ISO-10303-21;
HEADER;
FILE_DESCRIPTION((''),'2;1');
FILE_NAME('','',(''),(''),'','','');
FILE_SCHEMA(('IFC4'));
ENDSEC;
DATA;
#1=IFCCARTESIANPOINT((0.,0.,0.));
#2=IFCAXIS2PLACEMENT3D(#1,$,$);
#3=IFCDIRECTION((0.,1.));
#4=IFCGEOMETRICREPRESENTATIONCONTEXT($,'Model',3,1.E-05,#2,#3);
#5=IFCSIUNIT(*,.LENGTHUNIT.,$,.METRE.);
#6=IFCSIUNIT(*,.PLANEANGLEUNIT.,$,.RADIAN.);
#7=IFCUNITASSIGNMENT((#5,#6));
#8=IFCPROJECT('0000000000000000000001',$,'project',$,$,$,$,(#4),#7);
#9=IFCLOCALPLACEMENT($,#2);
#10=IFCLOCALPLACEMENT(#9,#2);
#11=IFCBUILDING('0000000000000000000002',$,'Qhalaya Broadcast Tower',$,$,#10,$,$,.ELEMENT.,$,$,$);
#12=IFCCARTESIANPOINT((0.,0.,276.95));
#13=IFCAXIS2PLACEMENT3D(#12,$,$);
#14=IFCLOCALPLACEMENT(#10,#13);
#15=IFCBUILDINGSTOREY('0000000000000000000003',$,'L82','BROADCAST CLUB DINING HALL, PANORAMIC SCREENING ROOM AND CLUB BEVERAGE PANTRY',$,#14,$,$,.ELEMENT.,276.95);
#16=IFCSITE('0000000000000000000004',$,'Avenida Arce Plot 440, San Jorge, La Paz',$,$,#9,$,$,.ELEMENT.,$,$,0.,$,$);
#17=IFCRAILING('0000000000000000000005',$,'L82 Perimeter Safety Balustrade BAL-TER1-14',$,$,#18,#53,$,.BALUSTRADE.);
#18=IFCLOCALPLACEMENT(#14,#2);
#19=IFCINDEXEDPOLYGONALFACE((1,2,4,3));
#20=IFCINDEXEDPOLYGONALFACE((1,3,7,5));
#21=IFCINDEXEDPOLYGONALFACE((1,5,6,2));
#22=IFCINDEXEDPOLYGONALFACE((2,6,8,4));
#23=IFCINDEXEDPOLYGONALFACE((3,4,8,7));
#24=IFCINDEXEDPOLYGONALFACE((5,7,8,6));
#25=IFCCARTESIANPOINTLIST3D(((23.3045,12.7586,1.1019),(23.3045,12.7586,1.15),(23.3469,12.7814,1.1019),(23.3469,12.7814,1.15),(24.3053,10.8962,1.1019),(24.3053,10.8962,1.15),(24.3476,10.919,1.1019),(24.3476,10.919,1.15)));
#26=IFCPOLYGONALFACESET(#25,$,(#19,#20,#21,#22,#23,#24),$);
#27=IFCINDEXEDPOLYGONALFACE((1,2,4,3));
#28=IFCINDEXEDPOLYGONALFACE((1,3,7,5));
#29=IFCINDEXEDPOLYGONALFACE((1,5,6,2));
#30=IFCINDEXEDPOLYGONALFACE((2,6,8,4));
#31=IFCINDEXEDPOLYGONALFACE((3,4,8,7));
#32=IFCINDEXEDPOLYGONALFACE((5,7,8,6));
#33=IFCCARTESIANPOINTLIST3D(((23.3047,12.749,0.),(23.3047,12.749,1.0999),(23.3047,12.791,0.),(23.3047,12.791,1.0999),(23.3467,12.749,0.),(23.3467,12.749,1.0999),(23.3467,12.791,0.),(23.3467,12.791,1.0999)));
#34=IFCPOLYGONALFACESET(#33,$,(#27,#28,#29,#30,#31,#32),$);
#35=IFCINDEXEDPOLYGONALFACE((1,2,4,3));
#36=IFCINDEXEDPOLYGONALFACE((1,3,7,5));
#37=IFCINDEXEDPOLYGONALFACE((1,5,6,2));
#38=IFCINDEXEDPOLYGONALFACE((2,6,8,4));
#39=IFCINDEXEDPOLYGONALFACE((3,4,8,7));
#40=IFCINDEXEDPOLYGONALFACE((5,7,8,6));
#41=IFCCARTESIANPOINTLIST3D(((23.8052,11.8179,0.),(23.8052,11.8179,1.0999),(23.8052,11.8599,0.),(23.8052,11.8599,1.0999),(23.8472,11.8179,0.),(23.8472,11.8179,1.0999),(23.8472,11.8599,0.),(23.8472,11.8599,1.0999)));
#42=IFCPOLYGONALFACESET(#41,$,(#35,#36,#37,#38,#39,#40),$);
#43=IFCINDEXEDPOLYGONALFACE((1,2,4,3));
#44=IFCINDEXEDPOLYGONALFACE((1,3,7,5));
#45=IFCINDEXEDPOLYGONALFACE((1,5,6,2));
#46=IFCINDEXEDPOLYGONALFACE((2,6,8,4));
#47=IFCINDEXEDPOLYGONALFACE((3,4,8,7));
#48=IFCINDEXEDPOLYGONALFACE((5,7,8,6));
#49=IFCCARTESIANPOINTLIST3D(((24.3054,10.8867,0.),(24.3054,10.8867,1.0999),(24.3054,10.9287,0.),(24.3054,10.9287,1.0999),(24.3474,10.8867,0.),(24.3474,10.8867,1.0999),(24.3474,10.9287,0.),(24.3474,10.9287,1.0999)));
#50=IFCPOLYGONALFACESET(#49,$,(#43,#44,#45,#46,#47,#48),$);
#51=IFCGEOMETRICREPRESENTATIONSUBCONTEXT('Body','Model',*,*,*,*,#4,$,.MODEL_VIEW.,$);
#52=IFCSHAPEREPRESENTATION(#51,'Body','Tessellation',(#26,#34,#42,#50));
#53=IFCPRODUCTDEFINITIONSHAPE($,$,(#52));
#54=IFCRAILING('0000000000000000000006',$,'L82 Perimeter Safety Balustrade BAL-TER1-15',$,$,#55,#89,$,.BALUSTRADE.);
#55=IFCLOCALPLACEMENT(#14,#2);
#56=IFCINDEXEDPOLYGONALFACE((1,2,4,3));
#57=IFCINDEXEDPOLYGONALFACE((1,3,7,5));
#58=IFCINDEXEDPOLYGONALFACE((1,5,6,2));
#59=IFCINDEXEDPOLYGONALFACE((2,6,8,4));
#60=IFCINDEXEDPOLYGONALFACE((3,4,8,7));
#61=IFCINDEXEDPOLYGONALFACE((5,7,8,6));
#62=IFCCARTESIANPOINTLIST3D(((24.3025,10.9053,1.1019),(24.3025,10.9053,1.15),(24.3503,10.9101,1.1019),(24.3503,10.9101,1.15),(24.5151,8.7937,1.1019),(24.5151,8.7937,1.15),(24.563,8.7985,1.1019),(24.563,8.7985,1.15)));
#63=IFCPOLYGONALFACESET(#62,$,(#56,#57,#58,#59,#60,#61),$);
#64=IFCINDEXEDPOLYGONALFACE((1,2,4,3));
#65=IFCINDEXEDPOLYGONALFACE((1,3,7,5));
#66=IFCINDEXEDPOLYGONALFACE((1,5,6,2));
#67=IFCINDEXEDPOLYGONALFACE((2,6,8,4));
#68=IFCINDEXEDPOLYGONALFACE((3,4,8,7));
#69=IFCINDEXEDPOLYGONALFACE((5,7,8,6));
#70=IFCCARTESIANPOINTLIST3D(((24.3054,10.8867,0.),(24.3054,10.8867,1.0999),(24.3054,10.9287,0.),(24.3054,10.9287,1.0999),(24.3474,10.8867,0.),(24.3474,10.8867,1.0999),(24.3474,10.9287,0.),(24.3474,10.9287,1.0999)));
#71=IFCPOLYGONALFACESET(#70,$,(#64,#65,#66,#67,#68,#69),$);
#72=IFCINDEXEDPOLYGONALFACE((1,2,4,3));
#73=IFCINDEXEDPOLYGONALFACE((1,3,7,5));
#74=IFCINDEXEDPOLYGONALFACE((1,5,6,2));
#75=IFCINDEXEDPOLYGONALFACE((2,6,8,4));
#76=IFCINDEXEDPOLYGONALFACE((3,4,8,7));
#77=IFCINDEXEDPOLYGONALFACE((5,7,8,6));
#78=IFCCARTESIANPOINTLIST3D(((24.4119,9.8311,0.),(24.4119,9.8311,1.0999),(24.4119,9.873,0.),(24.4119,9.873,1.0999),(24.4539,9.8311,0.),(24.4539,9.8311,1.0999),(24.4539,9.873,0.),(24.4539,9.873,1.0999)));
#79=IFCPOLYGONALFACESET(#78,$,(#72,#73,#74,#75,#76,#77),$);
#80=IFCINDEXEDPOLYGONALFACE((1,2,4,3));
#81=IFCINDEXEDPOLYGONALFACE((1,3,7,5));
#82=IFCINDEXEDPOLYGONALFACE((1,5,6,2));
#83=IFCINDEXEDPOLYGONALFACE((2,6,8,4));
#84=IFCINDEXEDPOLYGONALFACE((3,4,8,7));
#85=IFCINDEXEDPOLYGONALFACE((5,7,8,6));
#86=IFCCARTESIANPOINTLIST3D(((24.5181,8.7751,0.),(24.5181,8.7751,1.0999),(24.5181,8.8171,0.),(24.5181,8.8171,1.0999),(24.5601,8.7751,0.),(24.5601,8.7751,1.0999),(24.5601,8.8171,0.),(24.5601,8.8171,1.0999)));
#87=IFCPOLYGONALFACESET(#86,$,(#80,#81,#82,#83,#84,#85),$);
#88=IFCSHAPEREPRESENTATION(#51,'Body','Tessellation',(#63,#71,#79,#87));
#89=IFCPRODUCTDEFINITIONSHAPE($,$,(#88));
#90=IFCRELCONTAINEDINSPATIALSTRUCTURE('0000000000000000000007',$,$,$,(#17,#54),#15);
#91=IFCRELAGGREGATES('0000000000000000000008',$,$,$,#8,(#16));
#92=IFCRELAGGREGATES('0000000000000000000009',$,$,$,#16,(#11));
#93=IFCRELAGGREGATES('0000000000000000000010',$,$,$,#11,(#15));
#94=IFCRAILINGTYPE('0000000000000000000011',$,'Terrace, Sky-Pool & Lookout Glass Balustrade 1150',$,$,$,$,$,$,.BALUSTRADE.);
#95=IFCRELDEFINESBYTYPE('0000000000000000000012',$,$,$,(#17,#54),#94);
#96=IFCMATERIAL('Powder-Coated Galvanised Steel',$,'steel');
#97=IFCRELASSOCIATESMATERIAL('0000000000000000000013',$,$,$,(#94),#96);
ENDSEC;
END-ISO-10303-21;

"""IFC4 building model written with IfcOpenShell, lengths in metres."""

from ifc_helpers import new_model, si_unit, direction, frame, origin, origin_2d, place, context, subcontext, project, spatial, rectangle, extrude, material, type_object, element, save


model = new_model("IFC4")

# Units and contexts
model_context = context("Model", 3, precision=1e-05, world=origin(), true_north=direction((0.0, 1.0)))
body_context = subcontext(model_context, "Body", "Model", "MODEL_VIEW")
ifc_project = project(units=[si_unit("LENGTHUNIT", "METRE"), si_unit("PLANEANGLEUNIT", "RADIAN")], contexts=[model_context])

# Site, building, storey
site_placement = place(None, origin())
site = spatial("IfcSite", under=ifc_project, at=site_placement, Name="Avenida Arce Plot 440, San Jorge, La Paz", CompositionType="ELEMENT", RefElevation=0.0)
building_placement = place(site_placement, origin())
building = spatial("IfcBuilding", under=site, at=building_placement, Name="Qhalaya Broadcast Tower", CompositionType="ELEMENT")
storey_placement = place(building_placement, frame((0.0, 0.0, 276.95)))
storey = spatial("IfcBuildingStorey", under=building, at=storey_placement, Name="L82", Description="BROADCAST CLUB DINING HALL, PANORAMIC SCREENING ROOM AND CLUB BEVERAGE PANTRY", CompositionType="ELEMENT", Elevation=276.95)

# Railings
ifc_material_1 = material(Name="Powder-Coated Galvanised Steel", Category="steel")
railing_type = type_object("IfcRailingType", Name="Terrace, Sky-Pool & Lookout Glass Balustrade 1150", PredefinedType="BALUSTRADE", material=ifc_material_1)
railing_1_placement = place(storey_placement, frame((23.3257, 12.77, 0.0)))
element("IfcRailing", 1, at=railing_1_placement, inside=storey, type_object=railing_type, Name="L82 Perimeter Safety Balustrade BAL-TER1-14", PredefinedType="BALUSTRADE", context=body_context, shape_type="SweptSolid", body=[
    extrude(rectangle(XDim=0.0481, YDim=0.0481, at=origin_2d()), frame((0.0, 0.0, 1.126), z_axis=(0.473349, -0.880875, 0.0), x_axis=(0.880875, 0.473349, 0.0)), (0.0, 0.0, 1.0), 2.1143),
    extrude(rectangle(XDim=0.042, YDim=0.042, at=origin_2d()), origin(), (0.0, 0.0, 1.0), 1.0999),
    extrude(rectangle(XDim=0.042, YDim=0.042, at=origin_2d()), frame((0.5005, -0.9312, 0.0)), (0.0, 0.0, 1.0), 1.0999),
    extrude(rectangle(XDim=0.042, YDim=0.042, at=origin_2d()), frame((1.0007, -1.8623, 0.0)), (0.0, 0.0, 1.0), 1.0999),
])
railing_2_placement = place(storey_placement, frame((24.3264, 10.9077, 0.0)))
element("IfcRailing", 2, at=railing_2_placement, inside=storey, type_object=railing_type, Name="L82 Perimeter Safety Balustrade BAL-TER1-15", PredefinedType="BALUSTRADE", context=body_context, shape_type="SweptSolid", body=[
    extrude(rectangle(XDim=0.0481, YDim=0.0481, at=origin_2d()), frame((0.0, 0.0, 1.126), z_axis=(0.100198, -0.994967, 0.0), x_axis=(0.994967, 0.100198, 0.0)), (0.0, 0.0, 1.0), 2.1223),
    extrude(rectangle(XDim=0.042, YDim=0.042, at=origin_2d()), origin(), (0.0, 0.0, 1.0), 1.0999),
    extrude(rectangle(XDim=0.042, YDim=0.042, at=origin_2d()), frame((0.1064, -1.0557, 0.0)), (0.0, 0.0, 1.0), 1.0999),
    extrude(rectangle(XDim=0.042, YDim=0.042, at=origin_2d()), frame((0.2126, -2.1116, 0.0)), (0.0, 0.0, 1.0), 1.0999),
])

save(model, "model.ifc")
